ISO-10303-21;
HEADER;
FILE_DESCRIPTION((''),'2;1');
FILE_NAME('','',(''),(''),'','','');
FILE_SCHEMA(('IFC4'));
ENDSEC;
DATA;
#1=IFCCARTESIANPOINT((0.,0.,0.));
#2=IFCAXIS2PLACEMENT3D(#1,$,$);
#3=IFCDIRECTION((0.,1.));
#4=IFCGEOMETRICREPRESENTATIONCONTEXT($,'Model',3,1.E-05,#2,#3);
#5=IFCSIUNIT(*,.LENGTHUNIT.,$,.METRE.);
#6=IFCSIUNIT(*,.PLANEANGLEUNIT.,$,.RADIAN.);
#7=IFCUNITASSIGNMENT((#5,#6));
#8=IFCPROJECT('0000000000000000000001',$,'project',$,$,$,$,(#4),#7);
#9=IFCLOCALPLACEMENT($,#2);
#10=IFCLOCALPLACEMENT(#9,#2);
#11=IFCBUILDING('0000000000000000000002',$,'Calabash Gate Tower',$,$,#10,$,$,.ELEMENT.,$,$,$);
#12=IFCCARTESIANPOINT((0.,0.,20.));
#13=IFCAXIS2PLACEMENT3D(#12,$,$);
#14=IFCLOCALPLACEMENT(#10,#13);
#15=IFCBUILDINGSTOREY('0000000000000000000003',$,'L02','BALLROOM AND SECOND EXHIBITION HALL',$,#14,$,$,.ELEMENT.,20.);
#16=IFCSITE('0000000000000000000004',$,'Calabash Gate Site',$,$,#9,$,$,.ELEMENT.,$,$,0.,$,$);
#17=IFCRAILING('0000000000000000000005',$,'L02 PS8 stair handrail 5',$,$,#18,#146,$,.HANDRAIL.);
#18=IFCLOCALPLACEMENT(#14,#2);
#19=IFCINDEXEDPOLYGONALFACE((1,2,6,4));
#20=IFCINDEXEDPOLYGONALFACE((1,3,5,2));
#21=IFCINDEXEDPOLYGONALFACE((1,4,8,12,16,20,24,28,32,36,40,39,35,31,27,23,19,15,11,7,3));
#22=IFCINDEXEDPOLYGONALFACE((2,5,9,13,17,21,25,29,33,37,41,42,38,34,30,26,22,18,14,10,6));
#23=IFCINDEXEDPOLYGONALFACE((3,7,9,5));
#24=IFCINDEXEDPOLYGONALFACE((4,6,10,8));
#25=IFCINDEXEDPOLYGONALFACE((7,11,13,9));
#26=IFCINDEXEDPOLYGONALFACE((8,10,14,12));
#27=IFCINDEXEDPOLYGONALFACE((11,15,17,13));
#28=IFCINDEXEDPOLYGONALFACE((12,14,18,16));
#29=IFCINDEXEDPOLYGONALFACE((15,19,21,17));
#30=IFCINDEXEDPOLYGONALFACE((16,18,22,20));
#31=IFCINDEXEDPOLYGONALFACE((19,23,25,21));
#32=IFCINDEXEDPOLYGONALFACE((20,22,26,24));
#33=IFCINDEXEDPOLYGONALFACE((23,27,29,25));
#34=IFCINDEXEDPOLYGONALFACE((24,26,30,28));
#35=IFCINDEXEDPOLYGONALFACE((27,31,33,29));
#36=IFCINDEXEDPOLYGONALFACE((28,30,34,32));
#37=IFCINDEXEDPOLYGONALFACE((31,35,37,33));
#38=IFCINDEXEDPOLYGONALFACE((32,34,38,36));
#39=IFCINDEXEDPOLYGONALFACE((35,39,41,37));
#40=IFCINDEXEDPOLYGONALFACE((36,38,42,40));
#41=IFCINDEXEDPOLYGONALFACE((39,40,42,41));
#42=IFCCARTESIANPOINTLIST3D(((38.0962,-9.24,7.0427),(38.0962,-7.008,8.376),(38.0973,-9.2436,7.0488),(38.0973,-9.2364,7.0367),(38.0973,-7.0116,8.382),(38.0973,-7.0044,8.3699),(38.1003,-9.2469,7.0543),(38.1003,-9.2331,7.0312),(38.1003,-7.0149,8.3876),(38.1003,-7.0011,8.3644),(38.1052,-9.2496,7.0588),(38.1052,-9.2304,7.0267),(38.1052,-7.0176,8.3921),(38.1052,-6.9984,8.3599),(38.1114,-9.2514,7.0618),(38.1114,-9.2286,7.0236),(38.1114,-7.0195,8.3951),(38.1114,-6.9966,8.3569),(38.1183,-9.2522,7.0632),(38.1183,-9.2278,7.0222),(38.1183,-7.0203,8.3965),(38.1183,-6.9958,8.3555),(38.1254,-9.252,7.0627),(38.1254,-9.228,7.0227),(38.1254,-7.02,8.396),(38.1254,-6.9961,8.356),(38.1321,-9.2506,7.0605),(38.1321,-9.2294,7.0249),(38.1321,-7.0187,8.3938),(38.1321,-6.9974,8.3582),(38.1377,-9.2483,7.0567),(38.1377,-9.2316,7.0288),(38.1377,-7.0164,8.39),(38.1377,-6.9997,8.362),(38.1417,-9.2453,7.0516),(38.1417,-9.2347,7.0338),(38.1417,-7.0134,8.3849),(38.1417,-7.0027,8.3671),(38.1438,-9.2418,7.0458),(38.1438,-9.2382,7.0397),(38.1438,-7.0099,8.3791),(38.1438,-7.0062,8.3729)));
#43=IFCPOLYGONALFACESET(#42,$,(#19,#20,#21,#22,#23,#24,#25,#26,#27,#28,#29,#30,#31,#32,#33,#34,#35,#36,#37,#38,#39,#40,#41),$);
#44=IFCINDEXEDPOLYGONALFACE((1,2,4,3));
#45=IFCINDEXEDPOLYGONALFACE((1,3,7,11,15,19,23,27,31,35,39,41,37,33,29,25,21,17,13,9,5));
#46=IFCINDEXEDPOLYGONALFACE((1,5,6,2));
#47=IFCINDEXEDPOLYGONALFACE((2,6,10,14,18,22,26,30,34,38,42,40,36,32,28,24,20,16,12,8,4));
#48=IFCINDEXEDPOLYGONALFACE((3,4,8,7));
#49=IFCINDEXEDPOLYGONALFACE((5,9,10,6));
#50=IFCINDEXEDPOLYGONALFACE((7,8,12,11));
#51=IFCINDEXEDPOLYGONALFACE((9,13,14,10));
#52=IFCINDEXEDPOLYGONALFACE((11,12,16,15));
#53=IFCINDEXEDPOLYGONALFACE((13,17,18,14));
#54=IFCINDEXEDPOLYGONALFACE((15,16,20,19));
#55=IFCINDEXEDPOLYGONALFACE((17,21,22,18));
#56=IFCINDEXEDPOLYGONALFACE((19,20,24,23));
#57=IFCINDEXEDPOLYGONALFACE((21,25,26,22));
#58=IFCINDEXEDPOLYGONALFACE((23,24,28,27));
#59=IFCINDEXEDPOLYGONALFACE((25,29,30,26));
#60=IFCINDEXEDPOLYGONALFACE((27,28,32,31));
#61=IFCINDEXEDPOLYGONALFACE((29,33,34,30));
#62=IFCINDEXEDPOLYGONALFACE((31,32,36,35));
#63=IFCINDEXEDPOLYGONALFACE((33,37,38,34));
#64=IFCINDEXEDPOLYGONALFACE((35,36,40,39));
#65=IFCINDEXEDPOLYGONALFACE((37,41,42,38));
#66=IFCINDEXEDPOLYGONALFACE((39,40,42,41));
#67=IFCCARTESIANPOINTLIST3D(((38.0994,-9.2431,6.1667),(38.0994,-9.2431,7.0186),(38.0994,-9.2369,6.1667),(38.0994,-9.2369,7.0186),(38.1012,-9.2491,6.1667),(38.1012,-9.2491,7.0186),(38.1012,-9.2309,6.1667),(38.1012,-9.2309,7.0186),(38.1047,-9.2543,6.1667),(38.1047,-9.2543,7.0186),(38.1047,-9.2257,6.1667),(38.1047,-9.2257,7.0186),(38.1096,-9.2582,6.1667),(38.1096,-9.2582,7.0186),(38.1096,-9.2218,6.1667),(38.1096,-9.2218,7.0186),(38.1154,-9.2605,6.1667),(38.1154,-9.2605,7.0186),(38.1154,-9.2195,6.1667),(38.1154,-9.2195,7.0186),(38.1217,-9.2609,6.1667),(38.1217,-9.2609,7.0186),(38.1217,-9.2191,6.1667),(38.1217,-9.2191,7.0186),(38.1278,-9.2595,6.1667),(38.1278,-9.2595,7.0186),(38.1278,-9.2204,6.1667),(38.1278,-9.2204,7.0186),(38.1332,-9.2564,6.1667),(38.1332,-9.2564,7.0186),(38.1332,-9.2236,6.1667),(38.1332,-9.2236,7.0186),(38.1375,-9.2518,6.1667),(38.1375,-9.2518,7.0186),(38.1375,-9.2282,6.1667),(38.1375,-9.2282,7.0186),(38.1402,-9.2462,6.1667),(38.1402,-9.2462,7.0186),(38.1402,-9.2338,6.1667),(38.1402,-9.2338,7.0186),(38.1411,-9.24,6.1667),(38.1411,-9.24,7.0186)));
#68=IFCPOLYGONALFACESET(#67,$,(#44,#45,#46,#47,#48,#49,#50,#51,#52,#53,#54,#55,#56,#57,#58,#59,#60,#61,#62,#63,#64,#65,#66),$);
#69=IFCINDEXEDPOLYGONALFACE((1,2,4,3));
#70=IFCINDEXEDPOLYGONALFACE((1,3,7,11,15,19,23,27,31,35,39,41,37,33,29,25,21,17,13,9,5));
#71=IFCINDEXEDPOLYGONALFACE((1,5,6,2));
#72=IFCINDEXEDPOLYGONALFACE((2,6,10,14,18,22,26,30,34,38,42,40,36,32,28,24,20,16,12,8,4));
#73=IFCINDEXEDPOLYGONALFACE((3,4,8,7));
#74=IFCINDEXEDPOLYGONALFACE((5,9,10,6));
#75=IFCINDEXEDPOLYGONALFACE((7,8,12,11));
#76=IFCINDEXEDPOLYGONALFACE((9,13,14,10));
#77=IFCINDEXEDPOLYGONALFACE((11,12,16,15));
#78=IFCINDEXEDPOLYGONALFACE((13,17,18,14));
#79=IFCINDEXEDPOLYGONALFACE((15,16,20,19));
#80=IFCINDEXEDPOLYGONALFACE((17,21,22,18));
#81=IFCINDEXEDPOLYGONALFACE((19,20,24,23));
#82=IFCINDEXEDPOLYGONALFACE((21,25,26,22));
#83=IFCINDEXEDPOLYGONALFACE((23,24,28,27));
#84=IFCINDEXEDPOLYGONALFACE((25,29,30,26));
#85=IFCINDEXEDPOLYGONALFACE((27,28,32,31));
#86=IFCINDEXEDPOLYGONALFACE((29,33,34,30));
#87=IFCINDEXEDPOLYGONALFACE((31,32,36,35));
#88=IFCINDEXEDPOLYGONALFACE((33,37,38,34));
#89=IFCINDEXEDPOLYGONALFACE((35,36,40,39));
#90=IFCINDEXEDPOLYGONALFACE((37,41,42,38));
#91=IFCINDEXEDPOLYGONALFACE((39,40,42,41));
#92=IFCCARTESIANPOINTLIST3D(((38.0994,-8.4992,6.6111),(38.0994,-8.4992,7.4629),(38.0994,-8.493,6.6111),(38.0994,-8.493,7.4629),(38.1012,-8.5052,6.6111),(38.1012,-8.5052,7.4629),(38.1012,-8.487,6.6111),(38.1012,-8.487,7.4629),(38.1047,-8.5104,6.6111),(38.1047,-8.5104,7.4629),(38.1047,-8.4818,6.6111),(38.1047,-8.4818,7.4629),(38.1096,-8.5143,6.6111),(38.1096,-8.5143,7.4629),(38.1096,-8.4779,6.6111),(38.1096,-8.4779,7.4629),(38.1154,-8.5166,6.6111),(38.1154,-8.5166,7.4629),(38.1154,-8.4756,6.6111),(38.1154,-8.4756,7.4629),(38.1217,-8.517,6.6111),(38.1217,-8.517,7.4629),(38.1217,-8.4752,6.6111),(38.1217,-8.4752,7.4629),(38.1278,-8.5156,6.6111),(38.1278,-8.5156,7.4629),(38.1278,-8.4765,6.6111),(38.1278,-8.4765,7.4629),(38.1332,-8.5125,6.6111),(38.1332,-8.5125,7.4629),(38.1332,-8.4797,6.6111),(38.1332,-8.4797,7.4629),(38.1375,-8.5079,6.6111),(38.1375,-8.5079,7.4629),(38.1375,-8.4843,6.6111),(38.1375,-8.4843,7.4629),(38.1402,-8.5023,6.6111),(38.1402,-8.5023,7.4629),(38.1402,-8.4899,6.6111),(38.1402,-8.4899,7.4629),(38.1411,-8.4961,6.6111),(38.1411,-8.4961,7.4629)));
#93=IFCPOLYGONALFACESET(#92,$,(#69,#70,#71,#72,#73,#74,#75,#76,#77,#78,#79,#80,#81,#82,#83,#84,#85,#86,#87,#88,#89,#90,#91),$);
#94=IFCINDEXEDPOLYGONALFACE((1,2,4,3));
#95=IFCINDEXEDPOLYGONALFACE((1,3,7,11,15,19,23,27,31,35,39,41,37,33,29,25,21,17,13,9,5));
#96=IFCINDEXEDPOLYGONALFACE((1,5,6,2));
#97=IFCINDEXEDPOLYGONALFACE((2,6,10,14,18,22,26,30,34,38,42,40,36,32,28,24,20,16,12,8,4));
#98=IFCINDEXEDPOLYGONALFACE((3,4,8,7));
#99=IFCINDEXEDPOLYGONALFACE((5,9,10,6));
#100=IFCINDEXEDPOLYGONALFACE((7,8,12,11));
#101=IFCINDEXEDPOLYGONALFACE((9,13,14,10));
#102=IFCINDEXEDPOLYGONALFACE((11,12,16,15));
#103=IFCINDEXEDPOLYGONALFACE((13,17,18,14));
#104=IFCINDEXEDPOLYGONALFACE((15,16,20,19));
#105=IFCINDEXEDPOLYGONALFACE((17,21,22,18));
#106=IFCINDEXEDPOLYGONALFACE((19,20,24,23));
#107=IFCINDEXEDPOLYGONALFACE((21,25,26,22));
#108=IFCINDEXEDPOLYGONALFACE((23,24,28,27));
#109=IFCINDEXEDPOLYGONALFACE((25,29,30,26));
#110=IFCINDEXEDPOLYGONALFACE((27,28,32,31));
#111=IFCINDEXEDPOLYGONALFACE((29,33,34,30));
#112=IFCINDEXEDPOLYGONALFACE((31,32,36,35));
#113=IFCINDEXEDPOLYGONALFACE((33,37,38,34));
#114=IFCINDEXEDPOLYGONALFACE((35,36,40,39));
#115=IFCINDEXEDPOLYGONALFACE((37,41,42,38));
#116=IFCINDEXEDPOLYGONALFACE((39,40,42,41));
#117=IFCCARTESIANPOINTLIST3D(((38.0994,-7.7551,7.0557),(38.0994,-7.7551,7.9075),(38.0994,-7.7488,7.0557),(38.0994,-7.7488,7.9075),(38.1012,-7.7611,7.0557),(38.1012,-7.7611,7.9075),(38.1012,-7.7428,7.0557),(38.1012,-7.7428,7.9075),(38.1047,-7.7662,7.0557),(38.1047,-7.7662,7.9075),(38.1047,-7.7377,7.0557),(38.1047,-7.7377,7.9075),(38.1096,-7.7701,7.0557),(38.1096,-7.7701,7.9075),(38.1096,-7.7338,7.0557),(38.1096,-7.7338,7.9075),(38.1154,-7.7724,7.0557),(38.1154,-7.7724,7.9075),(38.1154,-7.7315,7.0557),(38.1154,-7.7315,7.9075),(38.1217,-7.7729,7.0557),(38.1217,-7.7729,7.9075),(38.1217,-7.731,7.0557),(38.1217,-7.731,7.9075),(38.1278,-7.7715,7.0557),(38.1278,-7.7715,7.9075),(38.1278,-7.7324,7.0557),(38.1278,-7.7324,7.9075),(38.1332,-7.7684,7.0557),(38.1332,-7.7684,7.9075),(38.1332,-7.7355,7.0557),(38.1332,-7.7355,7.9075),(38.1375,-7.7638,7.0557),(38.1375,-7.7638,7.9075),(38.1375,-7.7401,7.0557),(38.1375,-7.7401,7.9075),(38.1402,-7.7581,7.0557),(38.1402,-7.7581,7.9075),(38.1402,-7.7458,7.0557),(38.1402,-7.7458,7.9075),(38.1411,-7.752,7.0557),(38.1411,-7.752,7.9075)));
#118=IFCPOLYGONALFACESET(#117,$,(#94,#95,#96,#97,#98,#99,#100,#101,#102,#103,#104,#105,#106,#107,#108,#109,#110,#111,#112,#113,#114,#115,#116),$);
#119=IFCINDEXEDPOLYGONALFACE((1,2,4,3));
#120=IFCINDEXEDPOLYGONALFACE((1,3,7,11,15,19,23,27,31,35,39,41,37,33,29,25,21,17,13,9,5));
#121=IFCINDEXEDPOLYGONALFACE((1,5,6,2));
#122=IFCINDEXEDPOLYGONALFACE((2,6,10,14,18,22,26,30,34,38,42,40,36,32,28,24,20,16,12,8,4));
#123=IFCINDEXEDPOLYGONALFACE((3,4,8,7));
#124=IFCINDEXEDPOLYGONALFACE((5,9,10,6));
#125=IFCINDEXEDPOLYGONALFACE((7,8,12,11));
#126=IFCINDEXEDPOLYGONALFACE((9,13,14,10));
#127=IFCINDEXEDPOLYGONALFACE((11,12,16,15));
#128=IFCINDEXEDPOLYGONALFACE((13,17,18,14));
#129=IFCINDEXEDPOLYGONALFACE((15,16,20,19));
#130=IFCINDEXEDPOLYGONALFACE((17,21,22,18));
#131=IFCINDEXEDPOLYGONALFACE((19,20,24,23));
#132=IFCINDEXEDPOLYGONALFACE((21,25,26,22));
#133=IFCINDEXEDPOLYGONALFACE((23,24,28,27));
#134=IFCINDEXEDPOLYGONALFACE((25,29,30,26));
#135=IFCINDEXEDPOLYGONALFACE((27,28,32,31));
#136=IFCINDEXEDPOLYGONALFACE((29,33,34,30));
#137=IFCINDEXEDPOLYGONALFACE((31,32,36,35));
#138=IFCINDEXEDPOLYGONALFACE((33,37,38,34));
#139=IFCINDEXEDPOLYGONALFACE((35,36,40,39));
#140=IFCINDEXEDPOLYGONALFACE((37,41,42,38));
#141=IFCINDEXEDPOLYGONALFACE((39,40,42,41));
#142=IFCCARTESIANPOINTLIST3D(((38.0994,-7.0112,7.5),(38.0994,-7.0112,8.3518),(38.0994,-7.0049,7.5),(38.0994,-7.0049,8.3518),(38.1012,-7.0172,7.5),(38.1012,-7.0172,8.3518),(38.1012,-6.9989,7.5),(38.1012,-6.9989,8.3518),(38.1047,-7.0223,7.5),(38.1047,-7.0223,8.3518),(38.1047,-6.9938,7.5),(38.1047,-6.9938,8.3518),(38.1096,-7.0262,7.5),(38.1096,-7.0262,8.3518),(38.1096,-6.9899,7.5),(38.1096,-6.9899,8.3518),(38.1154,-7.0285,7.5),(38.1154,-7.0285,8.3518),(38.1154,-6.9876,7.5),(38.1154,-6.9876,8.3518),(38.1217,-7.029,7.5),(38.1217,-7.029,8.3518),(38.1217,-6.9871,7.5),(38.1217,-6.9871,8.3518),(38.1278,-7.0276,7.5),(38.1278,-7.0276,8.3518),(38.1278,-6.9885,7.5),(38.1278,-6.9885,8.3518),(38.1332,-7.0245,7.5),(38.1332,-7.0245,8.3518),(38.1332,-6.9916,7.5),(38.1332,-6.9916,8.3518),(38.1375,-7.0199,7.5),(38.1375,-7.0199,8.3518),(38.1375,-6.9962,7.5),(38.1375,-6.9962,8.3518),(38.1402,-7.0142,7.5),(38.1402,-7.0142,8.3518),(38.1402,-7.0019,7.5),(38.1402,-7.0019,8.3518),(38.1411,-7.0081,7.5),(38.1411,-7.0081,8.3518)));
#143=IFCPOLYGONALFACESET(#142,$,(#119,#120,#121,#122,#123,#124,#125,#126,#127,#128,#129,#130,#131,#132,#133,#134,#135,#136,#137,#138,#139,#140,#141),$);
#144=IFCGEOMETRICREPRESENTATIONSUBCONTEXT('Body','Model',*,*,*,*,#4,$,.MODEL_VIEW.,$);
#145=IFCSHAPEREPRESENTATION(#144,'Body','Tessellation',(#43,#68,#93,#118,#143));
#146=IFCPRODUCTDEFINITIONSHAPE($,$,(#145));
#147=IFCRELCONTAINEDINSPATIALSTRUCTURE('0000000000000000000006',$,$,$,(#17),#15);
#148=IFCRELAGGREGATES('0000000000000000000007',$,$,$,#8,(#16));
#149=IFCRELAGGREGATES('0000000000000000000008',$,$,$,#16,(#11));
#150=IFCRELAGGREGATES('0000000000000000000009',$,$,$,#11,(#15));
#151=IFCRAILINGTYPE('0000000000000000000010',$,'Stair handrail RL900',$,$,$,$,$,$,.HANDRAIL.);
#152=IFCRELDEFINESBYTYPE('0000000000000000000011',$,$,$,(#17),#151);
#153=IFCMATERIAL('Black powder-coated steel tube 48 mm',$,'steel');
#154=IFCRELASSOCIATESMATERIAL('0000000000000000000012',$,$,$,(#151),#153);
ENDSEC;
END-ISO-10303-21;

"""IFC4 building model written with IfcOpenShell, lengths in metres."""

from ifc_helpers import new_model, si_unit, direction, frame, origin, origin_2d, place, context, subcontext, project, spatial, circle, extrude, material, type_object, element, save


model = new_model("IFC4")

# Units and contexts
model_context = context("Model", 3, precision=1e-05, world=origin(), true_north=direction((0.0, 1.0)))
body_context = subcontext(model_context, "Body", "Model", "MODEL_VIEW")
ifc_project = project(units=[si_unit("LENGTHUNIT", "METRE"), si_unit("PLANEANGLEUNIT", "RADIAN")], contexts=[model_context])

# Site, building, storey
site_placement = place(None, origin())
site = spatial("IfcSite", under=ifc_project, at=site_placement, Name="Calabash Gate Site", CompositionType="ELEMENT", RefElevation=0.0)
building_placement = place(site_placement, origin())
building = spatial("IfcBuilding", under=site, at=building_placement, Name="Calabash Gate Tower", CompositionType="ELEMENT")
storey_placement = place(building_placement, frame((0.0, 0.0, 20.0)))
storey = spatial("IfcBuildingStorey", under=building, at=storey_placement, Name="L02", Description="BALLROOM AND SECOND EXHIBITION HALL", CompositionType="ELEMENT", Elevation=20.0)

# Railing
ifc_material_1 = material(Name="Black powder-coated steel tube 48 mm", Category="steel")
railing_type_1 = type_object("IfcRailingType", Name="Stair handrail RL900", PredefinedType="HANDRAIL", material=ifc_material_1)
for number, where, name in (
    (1, (38.1201, -9.24, 6.1667), "L02 PS8 stair handrail 5"),
):
    element("IfcRailing", number, at=place(storey_placement, frame(where)), inside=storey, type_object=railing_type_1, Name=name, PredefinedType="HANDRAIL", context=body_context, shape_type="SweptSolid", body=[
        extrude(circle(Radius=0.0239, at=origin_2d()), frame((0.0, 0.0, 0.876), z_axis=(0.0, 0.858494, 0.512824), x_axis=(-1.0, 0.0, 0.0)), (0.0, 0.0, 1.0), 2.5999),
        extrude(circle(Radius=0.021, at=origin_2d()), origin(), (0.0, 0.0, 1.0), 0.8518),
        extrude(circle(Radius=0.021, at=origin_2d()), frame((0.0, 0.7439, 0.4443)), (0.0, 0.0, 1.0), 0.8518),
        extrude(circle(Radius=0.021, at=origin_2d()), frame((0.0, 1.488, 0.8889)), (0.0, 0.0, 1.0), 0.8518),
        extrude(circle(Radius=0.021, at=origin_2d()), frame((0.0, 2.2319, 1.3333)), (0.0, 0.0, 1.0), 0.8518),
    ])

save(model, "model.ifc")
